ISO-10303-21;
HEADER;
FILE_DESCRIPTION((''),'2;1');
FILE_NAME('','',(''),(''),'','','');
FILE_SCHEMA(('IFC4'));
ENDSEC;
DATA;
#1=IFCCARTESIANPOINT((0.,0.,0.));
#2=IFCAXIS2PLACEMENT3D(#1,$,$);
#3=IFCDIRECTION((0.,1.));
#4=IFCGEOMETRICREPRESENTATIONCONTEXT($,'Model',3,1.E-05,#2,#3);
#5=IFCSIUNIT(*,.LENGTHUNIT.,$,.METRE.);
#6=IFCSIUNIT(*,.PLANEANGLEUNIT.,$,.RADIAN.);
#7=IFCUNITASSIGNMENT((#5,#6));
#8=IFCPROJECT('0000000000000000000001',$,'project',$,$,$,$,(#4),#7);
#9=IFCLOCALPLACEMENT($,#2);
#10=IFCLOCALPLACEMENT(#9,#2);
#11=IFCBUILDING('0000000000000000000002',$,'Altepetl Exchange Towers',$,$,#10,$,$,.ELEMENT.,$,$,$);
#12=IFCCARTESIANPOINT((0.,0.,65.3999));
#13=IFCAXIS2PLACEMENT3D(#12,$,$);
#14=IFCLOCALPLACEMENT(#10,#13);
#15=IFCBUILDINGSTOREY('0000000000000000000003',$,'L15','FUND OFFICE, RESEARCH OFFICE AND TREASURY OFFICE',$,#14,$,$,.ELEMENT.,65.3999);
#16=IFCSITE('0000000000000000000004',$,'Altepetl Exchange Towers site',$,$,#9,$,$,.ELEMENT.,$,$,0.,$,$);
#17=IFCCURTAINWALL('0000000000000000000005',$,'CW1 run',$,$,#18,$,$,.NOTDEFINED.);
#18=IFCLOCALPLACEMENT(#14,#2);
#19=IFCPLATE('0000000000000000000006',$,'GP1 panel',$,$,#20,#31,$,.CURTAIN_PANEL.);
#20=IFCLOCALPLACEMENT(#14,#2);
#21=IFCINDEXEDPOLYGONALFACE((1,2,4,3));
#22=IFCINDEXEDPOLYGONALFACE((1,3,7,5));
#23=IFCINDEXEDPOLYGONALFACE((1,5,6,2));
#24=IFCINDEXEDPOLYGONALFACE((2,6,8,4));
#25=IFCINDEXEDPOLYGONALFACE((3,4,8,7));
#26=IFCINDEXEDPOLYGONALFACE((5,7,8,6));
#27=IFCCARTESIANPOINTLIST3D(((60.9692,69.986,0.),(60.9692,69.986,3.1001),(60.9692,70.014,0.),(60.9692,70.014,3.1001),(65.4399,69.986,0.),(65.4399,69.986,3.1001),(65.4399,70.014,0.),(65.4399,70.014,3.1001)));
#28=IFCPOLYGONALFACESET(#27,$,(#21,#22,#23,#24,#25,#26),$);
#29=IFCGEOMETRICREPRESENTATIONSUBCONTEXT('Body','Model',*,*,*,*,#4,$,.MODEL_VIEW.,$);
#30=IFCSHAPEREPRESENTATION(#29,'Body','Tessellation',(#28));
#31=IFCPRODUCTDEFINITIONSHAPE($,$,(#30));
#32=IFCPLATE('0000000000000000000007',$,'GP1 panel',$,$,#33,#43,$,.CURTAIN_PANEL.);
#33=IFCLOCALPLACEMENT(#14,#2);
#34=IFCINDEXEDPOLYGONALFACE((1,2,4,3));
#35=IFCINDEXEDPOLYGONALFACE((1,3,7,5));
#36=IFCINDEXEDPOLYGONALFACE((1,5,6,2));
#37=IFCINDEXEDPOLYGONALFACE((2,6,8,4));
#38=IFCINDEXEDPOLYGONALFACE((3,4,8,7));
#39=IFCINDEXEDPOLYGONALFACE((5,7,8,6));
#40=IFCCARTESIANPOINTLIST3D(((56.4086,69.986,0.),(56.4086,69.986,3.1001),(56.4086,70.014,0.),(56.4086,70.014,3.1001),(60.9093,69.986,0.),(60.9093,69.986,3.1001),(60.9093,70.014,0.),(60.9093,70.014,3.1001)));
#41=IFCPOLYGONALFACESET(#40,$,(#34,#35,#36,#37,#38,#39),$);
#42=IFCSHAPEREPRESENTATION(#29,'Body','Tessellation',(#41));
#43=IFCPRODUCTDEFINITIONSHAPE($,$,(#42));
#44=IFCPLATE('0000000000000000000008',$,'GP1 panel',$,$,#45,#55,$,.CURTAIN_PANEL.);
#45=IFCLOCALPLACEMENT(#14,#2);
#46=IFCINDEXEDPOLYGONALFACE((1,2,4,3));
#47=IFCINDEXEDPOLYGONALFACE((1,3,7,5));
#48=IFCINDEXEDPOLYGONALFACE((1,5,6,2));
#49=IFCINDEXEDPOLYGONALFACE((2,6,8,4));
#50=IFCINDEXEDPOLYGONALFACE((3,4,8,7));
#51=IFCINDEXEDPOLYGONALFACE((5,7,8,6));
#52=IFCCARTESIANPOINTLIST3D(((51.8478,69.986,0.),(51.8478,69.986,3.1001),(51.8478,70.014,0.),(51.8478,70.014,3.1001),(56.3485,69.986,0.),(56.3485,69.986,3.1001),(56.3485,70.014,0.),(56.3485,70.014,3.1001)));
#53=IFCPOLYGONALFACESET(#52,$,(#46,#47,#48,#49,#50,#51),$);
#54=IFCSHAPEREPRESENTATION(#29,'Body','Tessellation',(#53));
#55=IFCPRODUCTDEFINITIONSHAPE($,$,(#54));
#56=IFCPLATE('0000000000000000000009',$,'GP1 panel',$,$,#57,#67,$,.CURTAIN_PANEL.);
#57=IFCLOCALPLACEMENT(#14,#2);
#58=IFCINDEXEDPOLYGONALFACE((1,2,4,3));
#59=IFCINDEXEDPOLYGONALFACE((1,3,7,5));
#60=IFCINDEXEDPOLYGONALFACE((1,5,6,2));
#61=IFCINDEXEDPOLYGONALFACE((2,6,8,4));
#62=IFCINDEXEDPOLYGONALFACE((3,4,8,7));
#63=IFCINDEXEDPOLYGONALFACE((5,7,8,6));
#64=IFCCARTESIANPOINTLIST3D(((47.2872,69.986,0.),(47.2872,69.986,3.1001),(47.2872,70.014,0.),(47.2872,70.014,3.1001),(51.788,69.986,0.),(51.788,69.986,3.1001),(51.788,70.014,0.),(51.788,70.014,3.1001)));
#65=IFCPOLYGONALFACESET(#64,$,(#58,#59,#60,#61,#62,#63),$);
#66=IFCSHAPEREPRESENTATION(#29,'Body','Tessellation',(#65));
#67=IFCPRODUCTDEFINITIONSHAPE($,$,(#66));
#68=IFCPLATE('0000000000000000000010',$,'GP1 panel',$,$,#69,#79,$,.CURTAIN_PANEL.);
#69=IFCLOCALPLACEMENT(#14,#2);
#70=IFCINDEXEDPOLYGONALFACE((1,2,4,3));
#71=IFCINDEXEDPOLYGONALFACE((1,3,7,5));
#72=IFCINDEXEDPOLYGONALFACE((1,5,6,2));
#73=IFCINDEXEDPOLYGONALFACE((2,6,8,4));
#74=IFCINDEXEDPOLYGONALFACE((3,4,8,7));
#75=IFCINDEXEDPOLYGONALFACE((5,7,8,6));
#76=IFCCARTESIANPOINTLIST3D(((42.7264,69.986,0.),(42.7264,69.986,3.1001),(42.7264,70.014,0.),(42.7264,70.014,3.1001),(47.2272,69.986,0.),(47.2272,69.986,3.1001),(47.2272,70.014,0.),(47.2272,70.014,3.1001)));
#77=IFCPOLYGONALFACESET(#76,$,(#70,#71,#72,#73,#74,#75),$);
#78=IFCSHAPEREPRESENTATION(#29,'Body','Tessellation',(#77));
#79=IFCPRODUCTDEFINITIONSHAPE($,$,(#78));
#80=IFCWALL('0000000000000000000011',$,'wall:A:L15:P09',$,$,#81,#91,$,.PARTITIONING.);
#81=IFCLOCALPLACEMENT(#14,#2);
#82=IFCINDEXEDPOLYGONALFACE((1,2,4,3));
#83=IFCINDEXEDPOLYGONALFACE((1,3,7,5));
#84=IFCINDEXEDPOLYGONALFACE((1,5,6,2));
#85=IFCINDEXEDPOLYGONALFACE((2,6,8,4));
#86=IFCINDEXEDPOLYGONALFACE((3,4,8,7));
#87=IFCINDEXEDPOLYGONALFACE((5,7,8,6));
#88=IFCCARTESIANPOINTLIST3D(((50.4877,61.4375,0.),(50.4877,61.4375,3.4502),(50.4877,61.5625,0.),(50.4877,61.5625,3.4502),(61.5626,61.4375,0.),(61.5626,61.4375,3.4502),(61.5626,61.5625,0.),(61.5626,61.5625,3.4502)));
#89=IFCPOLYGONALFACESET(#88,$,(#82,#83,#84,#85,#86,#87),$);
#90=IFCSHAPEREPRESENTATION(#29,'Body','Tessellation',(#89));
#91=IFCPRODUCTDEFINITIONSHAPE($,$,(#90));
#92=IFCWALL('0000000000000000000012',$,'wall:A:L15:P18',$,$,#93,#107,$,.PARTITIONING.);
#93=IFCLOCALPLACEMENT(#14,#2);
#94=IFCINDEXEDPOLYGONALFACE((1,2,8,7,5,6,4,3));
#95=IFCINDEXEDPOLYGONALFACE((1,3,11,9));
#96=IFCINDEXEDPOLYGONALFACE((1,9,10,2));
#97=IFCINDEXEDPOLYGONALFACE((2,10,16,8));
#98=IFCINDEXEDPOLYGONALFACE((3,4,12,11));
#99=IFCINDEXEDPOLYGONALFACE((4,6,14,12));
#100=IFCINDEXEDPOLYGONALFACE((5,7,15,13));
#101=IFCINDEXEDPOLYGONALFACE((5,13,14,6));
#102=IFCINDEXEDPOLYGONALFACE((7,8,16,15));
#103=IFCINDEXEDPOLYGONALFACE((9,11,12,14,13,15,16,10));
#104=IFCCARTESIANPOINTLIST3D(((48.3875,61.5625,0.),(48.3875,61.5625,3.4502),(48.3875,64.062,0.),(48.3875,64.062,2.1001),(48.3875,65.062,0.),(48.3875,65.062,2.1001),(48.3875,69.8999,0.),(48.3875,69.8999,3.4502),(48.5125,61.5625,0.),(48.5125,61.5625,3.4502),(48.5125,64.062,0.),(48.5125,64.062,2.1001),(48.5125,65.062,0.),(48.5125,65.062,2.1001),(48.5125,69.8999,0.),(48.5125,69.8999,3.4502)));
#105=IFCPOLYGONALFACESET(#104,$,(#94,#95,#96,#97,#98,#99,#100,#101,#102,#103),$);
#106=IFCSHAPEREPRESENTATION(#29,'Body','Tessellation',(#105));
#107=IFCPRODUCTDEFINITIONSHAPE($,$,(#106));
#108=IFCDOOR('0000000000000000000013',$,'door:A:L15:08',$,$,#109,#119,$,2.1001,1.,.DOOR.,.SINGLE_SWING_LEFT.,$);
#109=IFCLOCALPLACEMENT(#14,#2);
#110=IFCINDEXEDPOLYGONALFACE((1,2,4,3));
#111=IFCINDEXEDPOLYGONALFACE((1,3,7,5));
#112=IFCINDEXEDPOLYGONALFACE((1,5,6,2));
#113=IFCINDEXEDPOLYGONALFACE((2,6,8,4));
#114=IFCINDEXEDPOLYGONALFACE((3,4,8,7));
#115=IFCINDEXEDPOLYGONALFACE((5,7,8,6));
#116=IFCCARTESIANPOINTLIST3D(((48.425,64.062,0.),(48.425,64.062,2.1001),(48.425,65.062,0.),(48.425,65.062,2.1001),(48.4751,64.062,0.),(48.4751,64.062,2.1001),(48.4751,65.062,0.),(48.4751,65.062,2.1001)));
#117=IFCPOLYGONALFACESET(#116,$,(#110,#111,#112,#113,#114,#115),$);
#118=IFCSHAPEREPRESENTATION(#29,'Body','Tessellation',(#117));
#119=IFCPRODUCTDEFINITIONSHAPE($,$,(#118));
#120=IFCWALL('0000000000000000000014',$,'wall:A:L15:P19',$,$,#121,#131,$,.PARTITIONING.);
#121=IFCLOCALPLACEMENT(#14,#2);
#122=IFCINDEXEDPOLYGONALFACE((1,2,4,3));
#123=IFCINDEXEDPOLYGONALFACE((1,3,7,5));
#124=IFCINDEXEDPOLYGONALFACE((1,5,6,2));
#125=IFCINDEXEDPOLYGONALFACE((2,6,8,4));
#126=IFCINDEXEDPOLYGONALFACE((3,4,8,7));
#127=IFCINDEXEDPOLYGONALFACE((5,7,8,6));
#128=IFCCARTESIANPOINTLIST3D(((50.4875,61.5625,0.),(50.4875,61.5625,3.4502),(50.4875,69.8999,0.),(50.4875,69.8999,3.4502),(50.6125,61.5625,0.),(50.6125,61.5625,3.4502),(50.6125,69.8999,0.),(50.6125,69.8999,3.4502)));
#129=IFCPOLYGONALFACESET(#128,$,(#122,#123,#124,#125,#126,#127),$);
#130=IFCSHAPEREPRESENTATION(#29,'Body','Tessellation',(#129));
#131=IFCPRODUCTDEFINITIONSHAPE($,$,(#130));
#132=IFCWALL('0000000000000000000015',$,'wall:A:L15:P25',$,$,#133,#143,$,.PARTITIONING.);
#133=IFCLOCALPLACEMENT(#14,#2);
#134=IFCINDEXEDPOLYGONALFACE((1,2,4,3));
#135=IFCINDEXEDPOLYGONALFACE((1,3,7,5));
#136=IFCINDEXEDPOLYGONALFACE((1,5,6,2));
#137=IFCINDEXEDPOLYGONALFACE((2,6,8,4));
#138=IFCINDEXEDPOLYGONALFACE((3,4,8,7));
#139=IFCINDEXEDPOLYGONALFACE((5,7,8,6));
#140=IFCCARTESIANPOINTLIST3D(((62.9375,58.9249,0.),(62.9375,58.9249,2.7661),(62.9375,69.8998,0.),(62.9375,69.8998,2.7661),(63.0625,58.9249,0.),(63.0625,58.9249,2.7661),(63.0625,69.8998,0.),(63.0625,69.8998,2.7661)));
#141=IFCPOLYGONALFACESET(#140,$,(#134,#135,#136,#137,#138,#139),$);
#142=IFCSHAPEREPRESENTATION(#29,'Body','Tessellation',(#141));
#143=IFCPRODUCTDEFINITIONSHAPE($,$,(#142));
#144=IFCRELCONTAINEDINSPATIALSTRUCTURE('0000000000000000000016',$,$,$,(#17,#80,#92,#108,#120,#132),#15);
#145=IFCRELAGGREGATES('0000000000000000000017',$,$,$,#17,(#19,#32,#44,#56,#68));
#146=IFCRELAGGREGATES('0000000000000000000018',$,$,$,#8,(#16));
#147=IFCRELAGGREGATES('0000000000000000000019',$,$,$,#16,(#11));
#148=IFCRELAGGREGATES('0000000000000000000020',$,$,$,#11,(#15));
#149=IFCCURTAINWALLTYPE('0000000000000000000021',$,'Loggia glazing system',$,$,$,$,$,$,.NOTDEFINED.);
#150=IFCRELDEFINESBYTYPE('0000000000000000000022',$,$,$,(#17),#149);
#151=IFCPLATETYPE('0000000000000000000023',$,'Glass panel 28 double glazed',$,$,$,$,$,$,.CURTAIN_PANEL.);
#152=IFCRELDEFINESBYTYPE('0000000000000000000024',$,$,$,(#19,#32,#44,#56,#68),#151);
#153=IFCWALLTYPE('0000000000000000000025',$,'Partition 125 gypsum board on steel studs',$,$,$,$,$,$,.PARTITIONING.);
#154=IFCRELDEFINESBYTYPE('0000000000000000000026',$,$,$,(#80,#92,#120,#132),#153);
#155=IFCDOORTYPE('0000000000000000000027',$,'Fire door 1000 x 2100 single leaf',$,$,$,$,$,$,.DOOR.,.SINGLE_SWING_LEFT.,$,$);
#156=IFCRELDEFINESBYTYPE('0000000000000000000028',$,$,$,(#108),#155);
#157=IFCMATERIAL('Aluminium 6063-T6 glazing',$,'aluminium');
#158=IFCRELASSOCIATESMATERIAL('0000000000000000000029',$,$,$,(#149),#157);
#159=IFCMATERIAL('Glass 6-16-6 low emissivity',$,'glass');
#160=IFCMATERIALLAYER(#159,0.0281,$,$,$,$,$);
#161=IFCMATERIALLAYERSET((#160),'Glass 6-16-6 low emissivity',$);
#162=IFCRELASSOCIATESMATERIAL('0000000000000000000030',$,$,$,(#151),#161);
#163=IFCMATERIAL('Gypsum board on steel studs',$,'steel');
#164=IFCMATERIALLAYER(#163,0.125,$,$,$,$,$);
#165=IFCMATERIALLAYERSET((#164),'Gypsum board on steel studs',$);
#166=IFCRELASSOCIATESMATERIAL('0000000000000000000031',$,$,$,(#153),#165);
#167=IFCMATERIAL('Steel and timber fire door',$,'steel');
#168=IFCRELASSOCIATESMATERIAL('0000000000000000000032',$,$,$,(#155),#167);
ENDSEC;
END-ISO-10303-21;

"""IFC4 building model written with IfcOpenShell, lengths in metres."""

from ifc_helpers import new_model, si_unit, direction, frame, frame_2d, origin, origin_2d, place, context, subcontext, project, spatial, rectangle, extrude, material, layer, layer_set, type_object, element, fill, aggregate, save


model = new_model("IFC4")

# Units and contexts
model_context = context("Model", 3, precision=1e-05, world=origin(), true_north=direction((0.0, 1.0)))
body_context = subcontext(model_context, "Body", "Model", "MODEL_VIEW")
ifc_project = project(units=[si_unit("LENGTHUNIT", "METRE"), si_unit("PLANEANGLEUNIT", "RADIAN")], contexts=[model_context])

# Site, building, storey
site_placement = place(None, origin())
site = spatial("IfcSite", under=ifc_project, at=site_placement, Name="Altepetl Exchange Towers site", CompositionType="ELEMENT", RefElevation=0.0)
building_placement = place(site_placement, origin())
building = spatial("IfcBuilding", under=site, at=building_placement, Name="Altepetl Exchange Towers", CompositionType="ELEMENT")
storey_placement = place(building_placement, frame((0.0, 0.0, 65.3999)))
storey = spatial("IfcBuildingStorey", under=building, at=storey_placement, Name="L15", Description="FUND OFFICE, RESEARCH OFFICE AND TREASURY OFFICE", CompositionType="ELEMENT", Elevation=65.3999)

# Shared definitions
ifc_material_1 = material(Name="Aluminium 6063-T6 glazing", Category="aluminium")
curtain_wall_type = type_object("IfcCurtainWallType", Name="Loggia glazing system", PredefinedType="NOTDEFINED", material=ifc_material_1)

# Curtain wall
curtain_wall_1_placement = place(storey_placement, origin())
curtain_wall_1 = element("IfcCurtainWall", 1, at=curtain_wall_1_placement, inside=storey, type_object=curtain_wall_type, Name="CW1 run", PredefinedType="NOTDEFINED")

# Plates
ifc_material_2 = material(Name="Glass 6-16-6 low emissivity", Category="glass")
ifc_layer_1 = layer(ifc_material_2, 0.0281)
ifc_layer_set_1 = layer_set([ifc_layer_1], Name="Glass 6-16-6 low emissivity")
plate_type = type_object("IfcPlateType", Name="Glass panel 28 double glazed", PredefinedType="CURTAIN_PANEL", material=ifc_layer_set_1)
plate_1_placement = place(storey_placement, frame((63.2046, 70.0, 0.0), z_axis=(0.0, 0.0, 1.0), x_axis=(-1.0, 0.0, 0.0)))
plate_1 = element("IfcPlate", 2, at=plate_1_placement, type_object=plate_type, Name="GP1 panel", PredefinedType="CURTAIN_PANEL", context=body_context, shape_type="SweptSolid", body=[
    extrude(rectangle(XDim=4.4707, YDim=0.0281, at=origin_2d()), origin(), (0.0, 0.0, 1.0), 3.1001),
])
plate_2_placement = place(storey_placement, frame((58.6589, 70.0, 0.0), z_axis=(0.0, 0.0, 1.0), x_axis=(-1.0, 0.0, 0.0)))
plate_2 = element("IfcPlate", 3, at=plate_2_placement, type_object=plate_type, Name="GP1 panel", PredefinedType="CURTAIN_PANEL", context=body_context, shape_type="SweptSolid", body=[
    extrude(rectangle(XDim=4.5007, YDim=0.0281, at=origin_2d()), origin(), (0.0, 0.0, 1.0), 3.1001),
])
plate_3_placement = place(storey_placement, frame((54.0981, 70.0, 0.0), z_axis=(0.0, 0.0, 1.0), x_axis=(-1.0, 0.0, 0.0)))
plate_3 = element("IfcPlate", 4, at=plate_3_placement, type_object=plate_type, Name="GP1 panel", PredefinedType="CURTAIN_PANEL", context=body_context, shape_type="SweptSolid", body=[
    extrude(rectangle(XDim=4.5007, YDim=0.0281, at=origin_2d()), origin(), (0.0, 0.0, 1.0), 3.1001),
])
plate_4_placement = place(storey_placement, frame((49.5376, 70.0, 0.0), z_axis=(0.0, 0.0, 1.0), x_axis=(-1.0, 0.0, 0.0)))
plate_4 = element("IfcPlate", 5, at=plate_4_placement, type_object=plate_type, Name="GP1 panel", PredefinedType="CURTAIN_PANEL", context=body_context, shape_type="SweptSolid", body=[
    extrude(rectangle(XDim=4.5007, YDim=0.0281, at=origin_2d()), origin(), (0.0, 0.0, 1.0), 3.1001),
])
plate_5_placement = place(storey_placement, frame((44.9768, 70.0, 0.0), z_axis=(0.0, 0.0, 1.0), x_axis=(-1.0, 0.0, 0.0)))
plate_5 = element("IfcPlate", 6, at=plate_5_placement, type_object=plate_type, Name="GP1 panel", PredefinedType="CURTAIN_PANEL", context=body_context, shape_type="SweptSolid", body=[
    extrude(rectangle(XDim=4.5007, YDim=0.0281, at=origin_2d()), origin(), (0.0, 0.0, 1.0), 3.1001),
])
aggregate(curtain_wall_1, [plate_1, plate_2, plate_3, plate_4, plate_5])

# Wall
ifc_material_3 = material(Name="Gypsum board on steel studs", Category="steel")
ifc_layer_2 = layer(ifc_material_3, 0.125)
ifc_layer_set_2 = layer_set([ifc_layer_2], Name="Gypsum board on steel studs")
wall_type = type_object("IfcWallType", Name="Partition 125 gypsum board on steel studs", PredefinedType="PARTITIONING", material=ifc_layer_set_2)
wall_1_placement = place(storey_placement, frame((50.4875, 61.5, 0.0)))
element("IfcWall", 7, at=wall_1_placement, inside=storey, type_object=wall_type, Name="wall:A:L15:P09", PredefinedType="PARTITIONING", context=body_context, shape_type="SweptSolid", body=[
    extrude(rectangle(XDim=11.075, YDim=0.125, at=frame_2d((5.5376, 0.0))), origin(), (0.0, 0.0, 1.0), 3.4502),
])

# Wall, opening, door
wall_2_placement = place(storey_placement, frame((48.45, 61.5625, 0.0), z_axis=(0.0, 0.0, 1.0), x_axis=(0.0, 1.0, 0.0)))
wall_2 = element("IfcWall", 8, at=wall_2_placement, inside=storey, type_object=wall_type, Name="wall:A:L15:P18", PredefinedType="PARTITIONING", context=body_context, shape_type="SweptSolid", body=[
    extrude(rectangle(XDim=8.3374, YDim=0.125, at=frame_2d((4.1687, 0.0))), origin(), (0.0, 0.0, 1.0), 3.4502),
])
opening_placement = place(wall_2_placement, frame((2.4995, 0.0, 0.0)))
opening = element("IfcOpeningElement", 9, at=opening_placement, cuts=wall_2, PredefinedType="OPENING", context=body_context, shape_type="SweptSolid", body=[
    extrude(rectangle(XDim=1.0, YDim=2.1001, at=frame_2d((0.5, 1.05))), frame((0.0, 0.0725, 0.0), z_axis=(0.0, -1.0, 0.0), x_axis=(1.0, 0.0, 0.0)), (0.0, 0.0, 1.0), 0.145),
])
ifc_material_4 = material(Name="Steel and timber fire door", Category="steel")
door_type = type_object("IfcDoorType", Name="Fire door 1000 x 2100 single leaf", OperationType="SINGLE_SWING_LEFT", PredefinedType="DOOR", material=ifc_material_4)
door_placement = place(opening_placement, origin())
door = element("IfcDoor", 10, at=door_placement, inside=storey, type_object=door_type, Name="door:A:L15:08", OperationType="SINGLE_SWING_LEFT", OverallHeight=2.1001, OverallWidth=1.0, PredefinedType="DOOR", context=body_context, shape_type="SweptSolid", body=[
    extrude(rectangle(XDim=1.0, YDim=2.1001, at=frame_2d((0.5, 1.05))), frame((0.0, 0.0249, 0.0), z_axis=(0.0, -1.0, 0.0), x_axis=(1.0, 0.0, 0.0)), (0.0, 0.0, 1.0), 0.05),
])
fill(opening, door)

# Walls
wall_3_placement = place(storey_placement, frame((50.55, 61.5625, 0.0), z_axis=(0.0, 0.0, 1.0), x_axis=(0.0, 1.0, 0.0)))
element("IfcWall", 11, at=wall_3_placement, inside=storey, type_object=wall_type, Name="wall:A:L15:P19", PredefinedType="PARTITIONING", context=body_context, shape_type="SweptSolid", body=[
    extrude(rectangle(XDim=8.3374, YDim=0.125, at=frame_2d((4.1687, 0.0))), origin(), (0.0, 0.0, 1.0), 3.4502),
])
wall_4_placement = place(storey_placement, frame((63.0, 58.925, 0.0), z_axis=(0.0, 0.0, 1.0), x_axis=(0.0, 1.0, 0.0)))
element("IfcWall", 12, at=wall_4_placement, inside=storey, type_object=wall_type, Name="wall:A:L15:P25", PredefinedType="PARTITIONING", context=body_context, shape_type="SweptSolid", body=[
    extrude(rectangle(XDim=10.9749, YDim=0.125, at=frame_2d((5.4873, 0.0))), origin(), (0.0, 0.0, 1.0), 2.7661),
])

save(model, "model.ifc")
